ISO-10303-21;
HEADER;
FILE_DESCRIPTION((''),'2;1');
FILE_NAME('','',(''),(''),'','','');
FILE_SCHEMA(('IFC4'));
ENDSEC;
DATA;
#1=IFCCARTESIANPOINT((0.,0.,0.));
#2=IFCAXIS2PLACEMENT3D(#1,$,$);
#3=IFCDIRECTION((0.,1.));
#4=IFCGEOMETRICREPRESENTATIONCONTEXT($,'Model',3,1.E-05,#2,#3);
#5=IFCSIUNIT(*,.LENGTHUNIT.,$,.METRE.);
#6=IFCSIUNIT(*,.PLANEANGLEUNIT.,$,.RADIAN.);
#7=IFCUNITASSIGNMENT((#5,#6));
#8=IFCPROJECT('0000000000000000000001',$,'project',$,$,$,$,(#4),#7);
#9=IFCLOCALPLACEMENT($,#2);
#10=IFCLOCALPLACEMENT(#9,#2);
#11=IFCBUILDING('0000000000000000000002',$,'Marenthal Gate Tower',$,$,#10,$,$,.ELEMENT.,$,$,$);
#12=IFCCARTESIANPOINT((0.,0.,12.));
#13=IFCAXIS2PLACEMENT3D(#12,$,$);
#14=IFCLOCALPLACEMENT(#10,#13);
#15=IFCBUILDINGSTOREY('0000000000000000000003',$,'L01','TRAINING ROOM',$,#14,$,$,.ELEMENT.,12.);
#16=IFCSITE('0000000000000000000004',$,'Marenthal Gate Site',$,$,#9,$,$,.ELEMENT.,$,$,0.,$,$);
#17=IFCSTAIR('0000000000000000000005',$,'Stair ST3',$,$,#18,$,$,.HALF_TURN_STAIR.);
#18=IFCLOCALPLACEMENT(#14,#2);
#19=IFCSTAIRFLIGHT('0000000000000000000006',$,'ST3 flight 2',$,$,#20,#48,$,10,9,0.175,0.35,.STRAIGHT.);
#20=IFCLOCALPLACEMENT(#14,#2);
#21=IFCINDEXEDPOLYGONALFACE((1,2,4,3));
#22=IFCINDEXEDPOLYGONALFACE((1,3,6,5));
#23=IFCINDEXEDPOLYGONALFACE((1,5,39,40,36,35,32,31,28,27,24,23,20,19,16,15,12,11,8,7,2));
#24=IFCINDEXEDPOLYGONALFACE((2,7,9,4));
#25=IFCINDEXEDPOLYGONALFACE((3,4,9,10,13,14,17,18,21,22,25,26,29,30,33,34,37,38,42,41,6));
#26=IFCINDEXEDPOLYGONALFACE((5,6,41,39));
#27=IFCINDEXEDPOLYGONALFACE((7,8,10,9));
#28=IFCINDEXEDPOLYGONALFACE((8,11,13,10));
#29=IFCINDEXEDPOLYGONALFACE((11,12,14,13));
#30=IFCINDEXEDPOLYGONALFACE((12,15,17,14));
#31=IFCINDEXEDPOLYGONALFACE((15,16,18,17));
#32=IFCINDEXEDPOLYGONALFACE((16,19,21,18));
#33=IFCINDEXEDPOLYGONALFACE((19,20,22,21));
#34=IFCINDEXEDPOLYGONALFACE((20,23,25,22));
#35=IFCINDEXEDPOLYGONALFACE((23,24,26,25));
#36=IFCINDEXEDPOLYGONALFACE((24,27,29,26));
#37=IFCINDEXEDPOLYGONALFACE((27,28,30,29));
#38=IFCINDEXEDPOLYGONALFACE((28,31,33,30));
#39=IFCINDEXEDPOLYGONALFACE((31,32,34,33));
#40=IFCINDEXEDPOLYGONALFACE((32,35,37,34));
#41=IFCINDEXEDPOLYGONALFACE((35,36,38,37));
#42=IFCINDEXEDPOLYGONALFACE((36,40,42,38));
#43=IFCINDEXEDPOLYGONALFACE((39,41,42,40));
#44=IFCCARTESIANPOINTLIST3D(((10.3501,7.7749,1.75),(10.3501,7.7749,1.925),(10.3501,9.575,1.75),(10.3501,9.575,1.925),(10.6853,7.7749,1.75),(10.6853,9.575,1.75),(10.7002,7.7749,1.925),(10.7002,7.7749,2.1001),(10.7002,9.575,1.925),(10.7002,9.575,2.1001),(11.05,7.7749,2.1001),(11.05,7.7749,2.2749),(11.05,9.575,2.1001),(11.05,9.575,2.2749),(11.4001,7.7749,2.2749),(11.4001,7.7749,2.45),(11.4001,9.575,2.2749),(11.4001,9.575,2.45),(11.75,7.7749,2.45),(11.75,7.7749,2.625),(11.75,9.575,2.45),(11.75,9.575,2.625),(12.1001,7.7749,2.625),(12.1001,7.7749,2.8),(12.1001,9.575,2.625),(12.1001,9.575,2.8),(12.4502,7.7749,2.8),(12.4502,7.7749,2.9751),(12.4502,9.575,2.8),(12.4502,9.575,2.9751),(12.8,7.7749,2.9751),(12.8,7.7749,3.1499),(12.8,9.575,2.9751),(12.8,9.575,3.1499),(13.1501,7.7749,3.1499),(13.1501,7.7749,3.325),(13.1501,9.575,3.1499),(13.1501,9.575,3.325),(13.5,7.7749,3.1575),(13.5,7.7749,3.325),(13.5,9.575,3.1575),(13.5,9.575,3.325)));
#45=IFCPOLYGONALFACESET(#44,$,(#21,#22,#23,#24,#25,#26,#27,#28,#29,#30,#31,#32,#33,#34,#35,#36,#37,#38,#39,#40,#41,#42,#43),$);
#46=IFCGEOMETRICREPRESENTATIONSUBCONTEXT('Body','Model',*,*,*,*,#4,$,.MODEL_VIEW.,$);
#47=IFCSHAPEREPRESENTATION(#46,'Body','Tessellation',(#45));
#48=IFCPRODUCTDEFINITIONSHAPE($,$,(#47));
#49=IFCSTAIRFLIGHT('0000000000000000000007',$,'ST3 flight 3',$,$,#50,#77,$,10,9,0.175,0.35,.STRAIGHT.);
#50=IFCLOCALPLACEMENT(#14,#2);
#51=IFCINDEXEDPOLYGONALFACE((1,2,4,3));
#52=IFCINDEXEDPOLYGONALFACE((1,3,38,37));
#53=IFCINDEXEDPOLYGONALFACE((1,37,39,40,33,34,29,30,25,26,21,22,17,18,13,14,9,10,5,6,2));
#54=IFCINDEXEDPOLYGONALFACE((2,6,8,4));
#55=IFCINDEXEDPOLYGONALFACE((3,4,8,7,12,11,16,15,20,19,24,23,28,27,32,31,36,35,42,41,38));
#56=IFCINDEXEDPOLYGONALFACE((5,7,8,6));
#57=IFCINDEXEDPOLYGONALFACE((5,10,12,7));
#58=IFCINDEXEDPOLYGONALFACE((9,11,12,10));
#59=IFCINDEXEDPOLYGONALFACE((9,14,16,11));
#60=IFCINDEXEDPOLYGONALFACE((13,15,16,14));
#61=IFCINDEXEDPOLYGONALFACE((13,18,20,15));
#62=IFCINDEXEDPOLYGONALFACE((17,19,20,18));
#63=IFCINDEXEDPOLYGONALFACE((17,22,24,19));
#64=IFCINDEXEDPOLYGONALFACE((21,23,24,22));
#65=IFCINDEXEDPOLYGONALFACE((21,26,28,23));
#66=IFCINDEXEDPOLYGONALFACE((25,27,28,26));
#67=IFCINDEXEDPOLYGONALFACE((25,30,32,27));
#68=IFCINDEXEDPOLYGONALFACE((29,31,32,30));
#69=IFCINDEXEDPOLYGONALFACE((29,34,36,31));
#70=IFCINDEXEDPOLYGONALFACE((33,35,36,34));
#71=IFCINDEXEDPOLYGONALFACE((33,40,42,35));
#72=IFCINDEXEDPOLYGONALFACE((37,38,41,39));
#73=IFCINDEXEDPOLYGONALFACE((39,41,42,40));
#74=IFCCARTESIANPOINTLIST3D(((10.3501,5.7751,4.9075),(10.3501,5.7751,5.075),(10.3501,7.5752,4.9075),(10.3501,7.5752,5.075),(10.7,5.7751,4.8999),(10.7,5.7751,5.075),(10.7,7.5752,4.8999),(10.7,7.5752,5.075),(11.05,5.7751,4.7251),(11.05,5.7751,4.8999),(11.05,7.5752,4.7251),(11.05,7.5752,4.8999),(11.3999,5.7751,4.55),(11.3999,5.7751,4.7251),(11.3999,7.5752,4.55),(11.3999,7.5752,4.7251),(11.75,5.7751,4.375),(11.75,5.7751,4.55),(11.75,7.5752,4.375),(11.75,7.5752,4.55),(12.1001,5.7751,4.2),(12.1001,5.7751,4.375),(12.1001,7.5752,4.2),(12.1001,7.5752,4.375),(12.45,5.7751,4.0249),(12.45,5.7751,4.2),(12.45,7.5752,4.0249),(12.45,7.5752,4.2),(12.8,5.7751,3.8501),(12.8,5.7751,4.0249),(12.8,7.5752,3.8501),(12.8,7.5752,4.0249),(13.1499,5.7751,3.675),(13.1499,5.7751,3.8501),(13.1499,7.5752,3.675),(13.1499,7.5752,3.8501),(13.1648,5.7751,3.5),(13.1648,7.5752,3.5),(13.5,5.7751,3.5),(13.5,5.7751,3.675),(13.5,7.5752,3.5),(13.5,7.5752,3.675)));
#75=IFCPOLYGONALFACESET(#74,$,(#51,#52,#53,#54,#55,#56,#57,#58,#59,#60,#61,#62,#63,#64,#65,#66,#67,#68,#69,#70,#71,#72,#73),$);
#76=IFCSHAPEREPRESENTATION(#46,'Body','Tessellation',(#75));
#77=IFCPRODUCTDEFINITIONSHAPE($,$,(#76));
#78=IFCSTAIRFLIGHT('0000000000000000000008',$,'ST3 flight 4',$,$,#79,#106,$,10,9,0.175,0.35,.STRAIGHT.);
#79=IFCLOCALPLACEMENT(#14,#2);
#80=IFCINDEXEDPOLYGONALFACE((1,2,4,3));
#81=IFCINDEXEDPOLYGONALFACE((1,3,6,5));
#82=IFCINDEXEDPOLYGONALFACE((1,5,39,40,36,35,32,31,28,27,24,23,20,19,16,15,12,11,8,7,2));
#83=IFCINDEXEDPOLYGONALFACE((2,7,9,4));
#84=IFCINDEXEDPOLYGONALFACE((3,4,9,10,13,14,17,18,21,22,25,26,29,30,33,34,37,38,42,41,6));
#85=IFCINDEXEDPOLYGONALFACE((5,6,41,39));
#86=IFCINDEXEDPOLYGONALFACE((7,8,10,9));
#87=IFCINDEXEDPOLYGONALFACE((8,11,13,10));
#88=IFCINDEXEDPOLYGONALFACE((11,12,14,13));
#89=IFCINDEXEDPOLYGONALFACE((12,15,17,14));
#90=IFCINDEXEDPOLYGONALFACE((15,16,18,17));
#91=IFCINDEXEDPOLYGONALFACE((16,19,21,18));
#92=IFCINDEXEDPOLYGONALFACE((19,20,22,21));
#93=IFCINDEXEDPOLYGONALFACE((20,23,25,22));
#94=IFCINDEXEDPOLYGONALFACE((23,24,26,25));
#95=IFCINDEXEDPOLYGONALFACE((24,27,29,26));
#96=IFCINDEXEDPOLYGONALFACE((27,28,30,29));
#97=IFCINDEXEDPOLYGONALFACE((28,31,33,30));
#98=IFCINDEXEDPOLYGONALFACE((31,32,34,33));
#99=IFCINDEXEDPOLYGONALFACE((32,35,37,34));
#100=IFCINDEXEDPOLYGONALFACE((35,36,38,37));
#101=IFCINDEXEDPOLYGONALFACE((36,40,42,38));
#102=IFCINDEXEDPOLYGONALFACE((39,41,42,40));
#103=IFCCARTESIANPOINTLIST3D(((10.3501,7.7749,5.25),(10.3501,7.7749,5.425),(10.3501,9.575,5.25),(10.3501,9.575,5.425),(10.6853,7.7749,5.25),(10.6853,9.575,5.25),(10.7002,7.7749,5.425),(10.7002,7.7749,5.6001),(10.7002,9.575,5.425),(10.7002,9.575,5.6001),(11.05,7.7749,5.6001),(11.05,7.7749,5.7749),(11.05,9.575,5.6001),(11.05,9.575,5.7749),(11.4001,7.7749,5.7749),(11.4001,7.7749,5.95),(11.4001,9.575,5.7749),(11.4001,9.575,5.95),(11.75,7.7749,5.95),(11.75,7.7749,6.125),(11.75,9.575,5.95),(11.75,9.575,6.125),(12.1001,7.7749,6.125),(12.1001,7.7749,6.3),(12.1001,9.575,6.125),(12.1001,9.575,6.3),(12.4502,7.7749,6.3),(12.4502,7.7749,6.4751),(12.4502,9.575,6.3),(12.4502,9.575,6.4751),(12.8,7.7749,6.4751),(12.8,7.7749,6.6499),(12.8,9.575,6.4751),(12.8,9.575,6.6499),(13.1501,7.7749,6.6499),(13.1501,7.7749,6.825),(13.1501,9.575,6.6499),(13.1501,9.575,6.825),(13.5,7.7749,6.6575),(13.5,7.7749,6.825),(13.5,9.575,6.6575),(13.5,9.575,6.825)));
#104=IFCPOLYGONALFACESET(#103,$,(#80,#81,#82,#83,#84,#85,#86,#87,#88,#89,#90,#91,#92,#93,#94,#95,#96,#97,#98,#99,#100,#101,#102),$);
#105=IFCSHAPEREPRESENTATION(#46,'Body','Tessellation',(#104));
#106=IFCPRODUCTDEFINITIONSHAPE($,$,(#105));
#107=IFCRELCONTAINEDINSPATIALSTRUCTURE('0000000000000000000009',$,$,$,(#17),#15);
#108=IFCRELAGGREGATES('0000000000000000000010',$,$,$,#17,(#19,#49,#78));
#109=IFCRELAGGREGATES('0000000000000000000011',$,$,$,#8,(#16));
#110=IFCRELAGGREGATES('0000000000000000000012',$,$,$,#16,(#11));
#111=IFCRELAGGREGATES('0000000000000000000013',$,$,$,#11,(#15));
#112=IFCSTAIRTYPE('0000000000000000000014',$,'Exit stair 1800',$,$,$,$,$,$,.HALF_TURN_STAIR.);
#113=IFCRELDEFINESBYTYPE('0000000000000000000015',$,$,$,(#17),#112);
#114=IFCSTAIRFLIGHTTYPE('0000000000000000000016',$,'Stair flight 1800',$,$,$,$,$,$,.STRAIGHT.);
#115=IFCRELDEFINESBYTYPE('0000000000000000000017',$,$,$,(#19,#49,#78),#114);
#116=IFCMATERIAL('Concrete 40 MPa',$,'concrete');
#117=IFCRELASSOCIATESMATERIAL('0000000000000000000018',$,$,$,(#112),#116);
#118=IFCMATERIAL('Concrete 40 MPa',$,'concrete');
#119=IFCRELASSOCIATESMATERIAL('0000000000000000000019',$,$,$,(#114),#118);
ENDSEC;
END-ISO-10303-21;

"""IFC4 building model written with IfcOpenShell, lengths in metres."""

from ifc_helpers import new_model, si_unit, direction, frame, origin, place, context, subcontext, project, spatial, polyline, outline, extrude, material, type_object, element, aggregate, save


model = new_model("IFC4")

# Units and contexts
model_context = context("Model", 3, precision=1e-05, world=origin(), true_north=direction((0.0, 1.0)))
body_context = subcontext(model_context, "Body", "Model", "MODEL_VIEW")
ifc_project = project(units=[si_unit("LENGTHUNIT", "METRE"), si_unit("PLANEANGLEUNIT", "RADIAN")], contexts=[model_context])

# Site, building, storey
site_placement = place(None, origin())
site = spatial("IfcSite", under=ifc_project, at=site_placement, Name="Marenthal Gate Site", CompositionType="ELEMENT", RefElevation=0.0)
building_placement = place(site_placement, origin())
building = spatial("IfcBuilding", under=site, at=building_placement, Name="Marenthal Gate Tower", CompositionType="ELEMENT")
storey_placement = place(building_placement, frame((0.0, 0.0, 12.0)))
storey = spatial("IfcBuildingStorey", under=building, at=storey_placement, Name="L01", Description="TRAINING ROOM", CompositionType="ELEMENT", Elevation=12.0)

# Stair, stair flights
ifc_material_1 = material(Name="Concrete 40 MPa", Category="concrete")
stair_type_1 = type_object("IfcStairType", Name="Exit stair 1800", PredefinedType="HALF_TURN_STAIR", material=ifc_material_1)
stair_1_placement = place(storey_placement, origin())
stair_1 = element("IfcStair", 1, at=stair_1_placement, inside=storey, type_object=stair_type_1, Name="Stair ST3", PredefinedType="HALF_TURN_STAIR")
ifc_material_2 = material(Name="Concrete 40 MPa", Category="concrete")
stair_flight_type = type_object("IfcStairFlightType", Name="Stair flight 1800", PredefinedType="STRAIGHT", material=ifc_material_2)
stair_flight_1_placement = place(storey_placement, frame((10.3501, 8.675, 1.75), z_axis=(0.0, 0.0, 1.0), x_axis=(1.0, 0.0, 0.0)))
stair_flight_1 = element("IfcStairFlight", 2, at=stair_flight_1_placement, type_object=stair_flight_type, Name="ST3 flight 2", NumberOfRisers=10, NumberOfTreads=9, PredefinedType="STRAIGHT", RiserHeight=0.175, TreadLength=0.35, context=body_context, shape_type="SweptSolid", body=[
    extrude(outline(polyline([(0.0, 0.0), (0.0, 0.175), (0.3501, 0.175), (0.3501, 0.3501), (0.7, 0.3501), (0.7, 0.5249), (1.05, 0.5249), (1.05, 0.7), (1.3999, 0.7), (1.3999, 0.875), (1.75, 0.875), (1.75, 1.05), (2.1001, 1.05), (2.1001, 1.2251), (2.45, 1.2251), (2.45, 1.3999), (2.8, 1.3999), (2.8, 1.575), (3.1499, 1.575), (3.1499, 1.75), (3.1499, 1.4075), (0.3352, 0.0), (0.0, 0.0)])), frame((0.0, 0.8999, 0.0), z_axis=(0.0, -1.0, 0.0), x_axis=(1.0, 0.0, 0.0)), (0.0, 0.0, 1.0), 1.8),
])
stair_flight_2_placement = place(storey_placement, frame((13.5, 6.675, 3.5), z_axis=(0.0, 0.0, 1.0), x_axis=(-1.0, 0.0, 0.0)))
stair_flight_2 = element("IfcStairFlight", 3, at=stair_flight_2_placement, type_object=stair_flight_type, Name="ST3 flight 3", NumberOfRisers=10, NumberOfTreads=9, PredefinedType="STRAIGHT", RiserHeight=0.175, TreadLength=0.35, context=body_context, shape_type="SweptSolid", body=[
    extrude(outline(polyline([(0.0, 0.0), (0.0, 0.175), (0.3501, 0.175), (0.3501, 0.3501), (0.7, 0.3501), (0.7, 0.5249), (1.05, 0.5249), (1.05, 0.7), (1.3999, 0.7), (1.3999, 0.875), (1.75, 0.875), (1.75, 1.05), (2.1001, 1.05), (2.1001, 1.2251), (2.45, 1.2251), (2.45, 1.3999), (2.8, 1.3999), (2.8, 1.575), (3.1499, 1.575), (3.1499, 1.75), (3.1499, 1.4075), (0.3352, 0.0), (0.0, 0.0)])), frame((0.0, 0.8999, 0.0), z_axis=(0.0, -1.0, 0.0), x_axis=(1.0, 0.0, 0.0)), (0.0, 0.0, 1.0), 1.8),
])
stair_flight_3_placement = place(storey_placement, frame((10.3501, 8.675, 5.25), z_axis=(0.0, 0.0, 1.0), x_axis=(1.0, 0.0, 0.0)))
stair_flight_3 = element("IfcStairFlight", 4, at=stair_flight_3_placement, type_object=stair_flight_type, Name="ST3 flight 4", NumberOfRisers=10, NumberOfTreads=9, PredefinedType="STRAIGHT", RiserHeight=0.175, TreadLength=0.35, context=body_context, shape_type="SweptSolid", body=[
    extrude(outline(polyline([(0.0, 0.0), (0.0, 0.175), (0.3501, 0.175), (0.3501, 0.3501), (0.7, 0.3501), (0.7, 0.5249), (1.05, 0.5249), (1.05, 0.7), (1.3999, 0.7), (1.3999, 0.875), (1.75, 0.875), (1.75, 1.05), (2.1001, 1.05), (2.1001, 1.2251), (2.45, 1.2251), (2.45, 1.3999), (2.8, 1.3999), (2.8, 1.575), (3.1499, 1.575), (3.1499, 1.75), (3.1499, 1.4075), (0.3352, 0.0), (0.0, 0.0)])), frame((0.0, 0.8999, 0.0), z_axis=(0.0, -1.0, 0.0), x_axis=(1.0, 0.0, 0.0)), (0.0, 0.0, 1.0), 1.8),
])
aggregate(stair_1, [stair_flight_1, stair_flight_2, stair_flight_3])

save(model, "model.ifc")
